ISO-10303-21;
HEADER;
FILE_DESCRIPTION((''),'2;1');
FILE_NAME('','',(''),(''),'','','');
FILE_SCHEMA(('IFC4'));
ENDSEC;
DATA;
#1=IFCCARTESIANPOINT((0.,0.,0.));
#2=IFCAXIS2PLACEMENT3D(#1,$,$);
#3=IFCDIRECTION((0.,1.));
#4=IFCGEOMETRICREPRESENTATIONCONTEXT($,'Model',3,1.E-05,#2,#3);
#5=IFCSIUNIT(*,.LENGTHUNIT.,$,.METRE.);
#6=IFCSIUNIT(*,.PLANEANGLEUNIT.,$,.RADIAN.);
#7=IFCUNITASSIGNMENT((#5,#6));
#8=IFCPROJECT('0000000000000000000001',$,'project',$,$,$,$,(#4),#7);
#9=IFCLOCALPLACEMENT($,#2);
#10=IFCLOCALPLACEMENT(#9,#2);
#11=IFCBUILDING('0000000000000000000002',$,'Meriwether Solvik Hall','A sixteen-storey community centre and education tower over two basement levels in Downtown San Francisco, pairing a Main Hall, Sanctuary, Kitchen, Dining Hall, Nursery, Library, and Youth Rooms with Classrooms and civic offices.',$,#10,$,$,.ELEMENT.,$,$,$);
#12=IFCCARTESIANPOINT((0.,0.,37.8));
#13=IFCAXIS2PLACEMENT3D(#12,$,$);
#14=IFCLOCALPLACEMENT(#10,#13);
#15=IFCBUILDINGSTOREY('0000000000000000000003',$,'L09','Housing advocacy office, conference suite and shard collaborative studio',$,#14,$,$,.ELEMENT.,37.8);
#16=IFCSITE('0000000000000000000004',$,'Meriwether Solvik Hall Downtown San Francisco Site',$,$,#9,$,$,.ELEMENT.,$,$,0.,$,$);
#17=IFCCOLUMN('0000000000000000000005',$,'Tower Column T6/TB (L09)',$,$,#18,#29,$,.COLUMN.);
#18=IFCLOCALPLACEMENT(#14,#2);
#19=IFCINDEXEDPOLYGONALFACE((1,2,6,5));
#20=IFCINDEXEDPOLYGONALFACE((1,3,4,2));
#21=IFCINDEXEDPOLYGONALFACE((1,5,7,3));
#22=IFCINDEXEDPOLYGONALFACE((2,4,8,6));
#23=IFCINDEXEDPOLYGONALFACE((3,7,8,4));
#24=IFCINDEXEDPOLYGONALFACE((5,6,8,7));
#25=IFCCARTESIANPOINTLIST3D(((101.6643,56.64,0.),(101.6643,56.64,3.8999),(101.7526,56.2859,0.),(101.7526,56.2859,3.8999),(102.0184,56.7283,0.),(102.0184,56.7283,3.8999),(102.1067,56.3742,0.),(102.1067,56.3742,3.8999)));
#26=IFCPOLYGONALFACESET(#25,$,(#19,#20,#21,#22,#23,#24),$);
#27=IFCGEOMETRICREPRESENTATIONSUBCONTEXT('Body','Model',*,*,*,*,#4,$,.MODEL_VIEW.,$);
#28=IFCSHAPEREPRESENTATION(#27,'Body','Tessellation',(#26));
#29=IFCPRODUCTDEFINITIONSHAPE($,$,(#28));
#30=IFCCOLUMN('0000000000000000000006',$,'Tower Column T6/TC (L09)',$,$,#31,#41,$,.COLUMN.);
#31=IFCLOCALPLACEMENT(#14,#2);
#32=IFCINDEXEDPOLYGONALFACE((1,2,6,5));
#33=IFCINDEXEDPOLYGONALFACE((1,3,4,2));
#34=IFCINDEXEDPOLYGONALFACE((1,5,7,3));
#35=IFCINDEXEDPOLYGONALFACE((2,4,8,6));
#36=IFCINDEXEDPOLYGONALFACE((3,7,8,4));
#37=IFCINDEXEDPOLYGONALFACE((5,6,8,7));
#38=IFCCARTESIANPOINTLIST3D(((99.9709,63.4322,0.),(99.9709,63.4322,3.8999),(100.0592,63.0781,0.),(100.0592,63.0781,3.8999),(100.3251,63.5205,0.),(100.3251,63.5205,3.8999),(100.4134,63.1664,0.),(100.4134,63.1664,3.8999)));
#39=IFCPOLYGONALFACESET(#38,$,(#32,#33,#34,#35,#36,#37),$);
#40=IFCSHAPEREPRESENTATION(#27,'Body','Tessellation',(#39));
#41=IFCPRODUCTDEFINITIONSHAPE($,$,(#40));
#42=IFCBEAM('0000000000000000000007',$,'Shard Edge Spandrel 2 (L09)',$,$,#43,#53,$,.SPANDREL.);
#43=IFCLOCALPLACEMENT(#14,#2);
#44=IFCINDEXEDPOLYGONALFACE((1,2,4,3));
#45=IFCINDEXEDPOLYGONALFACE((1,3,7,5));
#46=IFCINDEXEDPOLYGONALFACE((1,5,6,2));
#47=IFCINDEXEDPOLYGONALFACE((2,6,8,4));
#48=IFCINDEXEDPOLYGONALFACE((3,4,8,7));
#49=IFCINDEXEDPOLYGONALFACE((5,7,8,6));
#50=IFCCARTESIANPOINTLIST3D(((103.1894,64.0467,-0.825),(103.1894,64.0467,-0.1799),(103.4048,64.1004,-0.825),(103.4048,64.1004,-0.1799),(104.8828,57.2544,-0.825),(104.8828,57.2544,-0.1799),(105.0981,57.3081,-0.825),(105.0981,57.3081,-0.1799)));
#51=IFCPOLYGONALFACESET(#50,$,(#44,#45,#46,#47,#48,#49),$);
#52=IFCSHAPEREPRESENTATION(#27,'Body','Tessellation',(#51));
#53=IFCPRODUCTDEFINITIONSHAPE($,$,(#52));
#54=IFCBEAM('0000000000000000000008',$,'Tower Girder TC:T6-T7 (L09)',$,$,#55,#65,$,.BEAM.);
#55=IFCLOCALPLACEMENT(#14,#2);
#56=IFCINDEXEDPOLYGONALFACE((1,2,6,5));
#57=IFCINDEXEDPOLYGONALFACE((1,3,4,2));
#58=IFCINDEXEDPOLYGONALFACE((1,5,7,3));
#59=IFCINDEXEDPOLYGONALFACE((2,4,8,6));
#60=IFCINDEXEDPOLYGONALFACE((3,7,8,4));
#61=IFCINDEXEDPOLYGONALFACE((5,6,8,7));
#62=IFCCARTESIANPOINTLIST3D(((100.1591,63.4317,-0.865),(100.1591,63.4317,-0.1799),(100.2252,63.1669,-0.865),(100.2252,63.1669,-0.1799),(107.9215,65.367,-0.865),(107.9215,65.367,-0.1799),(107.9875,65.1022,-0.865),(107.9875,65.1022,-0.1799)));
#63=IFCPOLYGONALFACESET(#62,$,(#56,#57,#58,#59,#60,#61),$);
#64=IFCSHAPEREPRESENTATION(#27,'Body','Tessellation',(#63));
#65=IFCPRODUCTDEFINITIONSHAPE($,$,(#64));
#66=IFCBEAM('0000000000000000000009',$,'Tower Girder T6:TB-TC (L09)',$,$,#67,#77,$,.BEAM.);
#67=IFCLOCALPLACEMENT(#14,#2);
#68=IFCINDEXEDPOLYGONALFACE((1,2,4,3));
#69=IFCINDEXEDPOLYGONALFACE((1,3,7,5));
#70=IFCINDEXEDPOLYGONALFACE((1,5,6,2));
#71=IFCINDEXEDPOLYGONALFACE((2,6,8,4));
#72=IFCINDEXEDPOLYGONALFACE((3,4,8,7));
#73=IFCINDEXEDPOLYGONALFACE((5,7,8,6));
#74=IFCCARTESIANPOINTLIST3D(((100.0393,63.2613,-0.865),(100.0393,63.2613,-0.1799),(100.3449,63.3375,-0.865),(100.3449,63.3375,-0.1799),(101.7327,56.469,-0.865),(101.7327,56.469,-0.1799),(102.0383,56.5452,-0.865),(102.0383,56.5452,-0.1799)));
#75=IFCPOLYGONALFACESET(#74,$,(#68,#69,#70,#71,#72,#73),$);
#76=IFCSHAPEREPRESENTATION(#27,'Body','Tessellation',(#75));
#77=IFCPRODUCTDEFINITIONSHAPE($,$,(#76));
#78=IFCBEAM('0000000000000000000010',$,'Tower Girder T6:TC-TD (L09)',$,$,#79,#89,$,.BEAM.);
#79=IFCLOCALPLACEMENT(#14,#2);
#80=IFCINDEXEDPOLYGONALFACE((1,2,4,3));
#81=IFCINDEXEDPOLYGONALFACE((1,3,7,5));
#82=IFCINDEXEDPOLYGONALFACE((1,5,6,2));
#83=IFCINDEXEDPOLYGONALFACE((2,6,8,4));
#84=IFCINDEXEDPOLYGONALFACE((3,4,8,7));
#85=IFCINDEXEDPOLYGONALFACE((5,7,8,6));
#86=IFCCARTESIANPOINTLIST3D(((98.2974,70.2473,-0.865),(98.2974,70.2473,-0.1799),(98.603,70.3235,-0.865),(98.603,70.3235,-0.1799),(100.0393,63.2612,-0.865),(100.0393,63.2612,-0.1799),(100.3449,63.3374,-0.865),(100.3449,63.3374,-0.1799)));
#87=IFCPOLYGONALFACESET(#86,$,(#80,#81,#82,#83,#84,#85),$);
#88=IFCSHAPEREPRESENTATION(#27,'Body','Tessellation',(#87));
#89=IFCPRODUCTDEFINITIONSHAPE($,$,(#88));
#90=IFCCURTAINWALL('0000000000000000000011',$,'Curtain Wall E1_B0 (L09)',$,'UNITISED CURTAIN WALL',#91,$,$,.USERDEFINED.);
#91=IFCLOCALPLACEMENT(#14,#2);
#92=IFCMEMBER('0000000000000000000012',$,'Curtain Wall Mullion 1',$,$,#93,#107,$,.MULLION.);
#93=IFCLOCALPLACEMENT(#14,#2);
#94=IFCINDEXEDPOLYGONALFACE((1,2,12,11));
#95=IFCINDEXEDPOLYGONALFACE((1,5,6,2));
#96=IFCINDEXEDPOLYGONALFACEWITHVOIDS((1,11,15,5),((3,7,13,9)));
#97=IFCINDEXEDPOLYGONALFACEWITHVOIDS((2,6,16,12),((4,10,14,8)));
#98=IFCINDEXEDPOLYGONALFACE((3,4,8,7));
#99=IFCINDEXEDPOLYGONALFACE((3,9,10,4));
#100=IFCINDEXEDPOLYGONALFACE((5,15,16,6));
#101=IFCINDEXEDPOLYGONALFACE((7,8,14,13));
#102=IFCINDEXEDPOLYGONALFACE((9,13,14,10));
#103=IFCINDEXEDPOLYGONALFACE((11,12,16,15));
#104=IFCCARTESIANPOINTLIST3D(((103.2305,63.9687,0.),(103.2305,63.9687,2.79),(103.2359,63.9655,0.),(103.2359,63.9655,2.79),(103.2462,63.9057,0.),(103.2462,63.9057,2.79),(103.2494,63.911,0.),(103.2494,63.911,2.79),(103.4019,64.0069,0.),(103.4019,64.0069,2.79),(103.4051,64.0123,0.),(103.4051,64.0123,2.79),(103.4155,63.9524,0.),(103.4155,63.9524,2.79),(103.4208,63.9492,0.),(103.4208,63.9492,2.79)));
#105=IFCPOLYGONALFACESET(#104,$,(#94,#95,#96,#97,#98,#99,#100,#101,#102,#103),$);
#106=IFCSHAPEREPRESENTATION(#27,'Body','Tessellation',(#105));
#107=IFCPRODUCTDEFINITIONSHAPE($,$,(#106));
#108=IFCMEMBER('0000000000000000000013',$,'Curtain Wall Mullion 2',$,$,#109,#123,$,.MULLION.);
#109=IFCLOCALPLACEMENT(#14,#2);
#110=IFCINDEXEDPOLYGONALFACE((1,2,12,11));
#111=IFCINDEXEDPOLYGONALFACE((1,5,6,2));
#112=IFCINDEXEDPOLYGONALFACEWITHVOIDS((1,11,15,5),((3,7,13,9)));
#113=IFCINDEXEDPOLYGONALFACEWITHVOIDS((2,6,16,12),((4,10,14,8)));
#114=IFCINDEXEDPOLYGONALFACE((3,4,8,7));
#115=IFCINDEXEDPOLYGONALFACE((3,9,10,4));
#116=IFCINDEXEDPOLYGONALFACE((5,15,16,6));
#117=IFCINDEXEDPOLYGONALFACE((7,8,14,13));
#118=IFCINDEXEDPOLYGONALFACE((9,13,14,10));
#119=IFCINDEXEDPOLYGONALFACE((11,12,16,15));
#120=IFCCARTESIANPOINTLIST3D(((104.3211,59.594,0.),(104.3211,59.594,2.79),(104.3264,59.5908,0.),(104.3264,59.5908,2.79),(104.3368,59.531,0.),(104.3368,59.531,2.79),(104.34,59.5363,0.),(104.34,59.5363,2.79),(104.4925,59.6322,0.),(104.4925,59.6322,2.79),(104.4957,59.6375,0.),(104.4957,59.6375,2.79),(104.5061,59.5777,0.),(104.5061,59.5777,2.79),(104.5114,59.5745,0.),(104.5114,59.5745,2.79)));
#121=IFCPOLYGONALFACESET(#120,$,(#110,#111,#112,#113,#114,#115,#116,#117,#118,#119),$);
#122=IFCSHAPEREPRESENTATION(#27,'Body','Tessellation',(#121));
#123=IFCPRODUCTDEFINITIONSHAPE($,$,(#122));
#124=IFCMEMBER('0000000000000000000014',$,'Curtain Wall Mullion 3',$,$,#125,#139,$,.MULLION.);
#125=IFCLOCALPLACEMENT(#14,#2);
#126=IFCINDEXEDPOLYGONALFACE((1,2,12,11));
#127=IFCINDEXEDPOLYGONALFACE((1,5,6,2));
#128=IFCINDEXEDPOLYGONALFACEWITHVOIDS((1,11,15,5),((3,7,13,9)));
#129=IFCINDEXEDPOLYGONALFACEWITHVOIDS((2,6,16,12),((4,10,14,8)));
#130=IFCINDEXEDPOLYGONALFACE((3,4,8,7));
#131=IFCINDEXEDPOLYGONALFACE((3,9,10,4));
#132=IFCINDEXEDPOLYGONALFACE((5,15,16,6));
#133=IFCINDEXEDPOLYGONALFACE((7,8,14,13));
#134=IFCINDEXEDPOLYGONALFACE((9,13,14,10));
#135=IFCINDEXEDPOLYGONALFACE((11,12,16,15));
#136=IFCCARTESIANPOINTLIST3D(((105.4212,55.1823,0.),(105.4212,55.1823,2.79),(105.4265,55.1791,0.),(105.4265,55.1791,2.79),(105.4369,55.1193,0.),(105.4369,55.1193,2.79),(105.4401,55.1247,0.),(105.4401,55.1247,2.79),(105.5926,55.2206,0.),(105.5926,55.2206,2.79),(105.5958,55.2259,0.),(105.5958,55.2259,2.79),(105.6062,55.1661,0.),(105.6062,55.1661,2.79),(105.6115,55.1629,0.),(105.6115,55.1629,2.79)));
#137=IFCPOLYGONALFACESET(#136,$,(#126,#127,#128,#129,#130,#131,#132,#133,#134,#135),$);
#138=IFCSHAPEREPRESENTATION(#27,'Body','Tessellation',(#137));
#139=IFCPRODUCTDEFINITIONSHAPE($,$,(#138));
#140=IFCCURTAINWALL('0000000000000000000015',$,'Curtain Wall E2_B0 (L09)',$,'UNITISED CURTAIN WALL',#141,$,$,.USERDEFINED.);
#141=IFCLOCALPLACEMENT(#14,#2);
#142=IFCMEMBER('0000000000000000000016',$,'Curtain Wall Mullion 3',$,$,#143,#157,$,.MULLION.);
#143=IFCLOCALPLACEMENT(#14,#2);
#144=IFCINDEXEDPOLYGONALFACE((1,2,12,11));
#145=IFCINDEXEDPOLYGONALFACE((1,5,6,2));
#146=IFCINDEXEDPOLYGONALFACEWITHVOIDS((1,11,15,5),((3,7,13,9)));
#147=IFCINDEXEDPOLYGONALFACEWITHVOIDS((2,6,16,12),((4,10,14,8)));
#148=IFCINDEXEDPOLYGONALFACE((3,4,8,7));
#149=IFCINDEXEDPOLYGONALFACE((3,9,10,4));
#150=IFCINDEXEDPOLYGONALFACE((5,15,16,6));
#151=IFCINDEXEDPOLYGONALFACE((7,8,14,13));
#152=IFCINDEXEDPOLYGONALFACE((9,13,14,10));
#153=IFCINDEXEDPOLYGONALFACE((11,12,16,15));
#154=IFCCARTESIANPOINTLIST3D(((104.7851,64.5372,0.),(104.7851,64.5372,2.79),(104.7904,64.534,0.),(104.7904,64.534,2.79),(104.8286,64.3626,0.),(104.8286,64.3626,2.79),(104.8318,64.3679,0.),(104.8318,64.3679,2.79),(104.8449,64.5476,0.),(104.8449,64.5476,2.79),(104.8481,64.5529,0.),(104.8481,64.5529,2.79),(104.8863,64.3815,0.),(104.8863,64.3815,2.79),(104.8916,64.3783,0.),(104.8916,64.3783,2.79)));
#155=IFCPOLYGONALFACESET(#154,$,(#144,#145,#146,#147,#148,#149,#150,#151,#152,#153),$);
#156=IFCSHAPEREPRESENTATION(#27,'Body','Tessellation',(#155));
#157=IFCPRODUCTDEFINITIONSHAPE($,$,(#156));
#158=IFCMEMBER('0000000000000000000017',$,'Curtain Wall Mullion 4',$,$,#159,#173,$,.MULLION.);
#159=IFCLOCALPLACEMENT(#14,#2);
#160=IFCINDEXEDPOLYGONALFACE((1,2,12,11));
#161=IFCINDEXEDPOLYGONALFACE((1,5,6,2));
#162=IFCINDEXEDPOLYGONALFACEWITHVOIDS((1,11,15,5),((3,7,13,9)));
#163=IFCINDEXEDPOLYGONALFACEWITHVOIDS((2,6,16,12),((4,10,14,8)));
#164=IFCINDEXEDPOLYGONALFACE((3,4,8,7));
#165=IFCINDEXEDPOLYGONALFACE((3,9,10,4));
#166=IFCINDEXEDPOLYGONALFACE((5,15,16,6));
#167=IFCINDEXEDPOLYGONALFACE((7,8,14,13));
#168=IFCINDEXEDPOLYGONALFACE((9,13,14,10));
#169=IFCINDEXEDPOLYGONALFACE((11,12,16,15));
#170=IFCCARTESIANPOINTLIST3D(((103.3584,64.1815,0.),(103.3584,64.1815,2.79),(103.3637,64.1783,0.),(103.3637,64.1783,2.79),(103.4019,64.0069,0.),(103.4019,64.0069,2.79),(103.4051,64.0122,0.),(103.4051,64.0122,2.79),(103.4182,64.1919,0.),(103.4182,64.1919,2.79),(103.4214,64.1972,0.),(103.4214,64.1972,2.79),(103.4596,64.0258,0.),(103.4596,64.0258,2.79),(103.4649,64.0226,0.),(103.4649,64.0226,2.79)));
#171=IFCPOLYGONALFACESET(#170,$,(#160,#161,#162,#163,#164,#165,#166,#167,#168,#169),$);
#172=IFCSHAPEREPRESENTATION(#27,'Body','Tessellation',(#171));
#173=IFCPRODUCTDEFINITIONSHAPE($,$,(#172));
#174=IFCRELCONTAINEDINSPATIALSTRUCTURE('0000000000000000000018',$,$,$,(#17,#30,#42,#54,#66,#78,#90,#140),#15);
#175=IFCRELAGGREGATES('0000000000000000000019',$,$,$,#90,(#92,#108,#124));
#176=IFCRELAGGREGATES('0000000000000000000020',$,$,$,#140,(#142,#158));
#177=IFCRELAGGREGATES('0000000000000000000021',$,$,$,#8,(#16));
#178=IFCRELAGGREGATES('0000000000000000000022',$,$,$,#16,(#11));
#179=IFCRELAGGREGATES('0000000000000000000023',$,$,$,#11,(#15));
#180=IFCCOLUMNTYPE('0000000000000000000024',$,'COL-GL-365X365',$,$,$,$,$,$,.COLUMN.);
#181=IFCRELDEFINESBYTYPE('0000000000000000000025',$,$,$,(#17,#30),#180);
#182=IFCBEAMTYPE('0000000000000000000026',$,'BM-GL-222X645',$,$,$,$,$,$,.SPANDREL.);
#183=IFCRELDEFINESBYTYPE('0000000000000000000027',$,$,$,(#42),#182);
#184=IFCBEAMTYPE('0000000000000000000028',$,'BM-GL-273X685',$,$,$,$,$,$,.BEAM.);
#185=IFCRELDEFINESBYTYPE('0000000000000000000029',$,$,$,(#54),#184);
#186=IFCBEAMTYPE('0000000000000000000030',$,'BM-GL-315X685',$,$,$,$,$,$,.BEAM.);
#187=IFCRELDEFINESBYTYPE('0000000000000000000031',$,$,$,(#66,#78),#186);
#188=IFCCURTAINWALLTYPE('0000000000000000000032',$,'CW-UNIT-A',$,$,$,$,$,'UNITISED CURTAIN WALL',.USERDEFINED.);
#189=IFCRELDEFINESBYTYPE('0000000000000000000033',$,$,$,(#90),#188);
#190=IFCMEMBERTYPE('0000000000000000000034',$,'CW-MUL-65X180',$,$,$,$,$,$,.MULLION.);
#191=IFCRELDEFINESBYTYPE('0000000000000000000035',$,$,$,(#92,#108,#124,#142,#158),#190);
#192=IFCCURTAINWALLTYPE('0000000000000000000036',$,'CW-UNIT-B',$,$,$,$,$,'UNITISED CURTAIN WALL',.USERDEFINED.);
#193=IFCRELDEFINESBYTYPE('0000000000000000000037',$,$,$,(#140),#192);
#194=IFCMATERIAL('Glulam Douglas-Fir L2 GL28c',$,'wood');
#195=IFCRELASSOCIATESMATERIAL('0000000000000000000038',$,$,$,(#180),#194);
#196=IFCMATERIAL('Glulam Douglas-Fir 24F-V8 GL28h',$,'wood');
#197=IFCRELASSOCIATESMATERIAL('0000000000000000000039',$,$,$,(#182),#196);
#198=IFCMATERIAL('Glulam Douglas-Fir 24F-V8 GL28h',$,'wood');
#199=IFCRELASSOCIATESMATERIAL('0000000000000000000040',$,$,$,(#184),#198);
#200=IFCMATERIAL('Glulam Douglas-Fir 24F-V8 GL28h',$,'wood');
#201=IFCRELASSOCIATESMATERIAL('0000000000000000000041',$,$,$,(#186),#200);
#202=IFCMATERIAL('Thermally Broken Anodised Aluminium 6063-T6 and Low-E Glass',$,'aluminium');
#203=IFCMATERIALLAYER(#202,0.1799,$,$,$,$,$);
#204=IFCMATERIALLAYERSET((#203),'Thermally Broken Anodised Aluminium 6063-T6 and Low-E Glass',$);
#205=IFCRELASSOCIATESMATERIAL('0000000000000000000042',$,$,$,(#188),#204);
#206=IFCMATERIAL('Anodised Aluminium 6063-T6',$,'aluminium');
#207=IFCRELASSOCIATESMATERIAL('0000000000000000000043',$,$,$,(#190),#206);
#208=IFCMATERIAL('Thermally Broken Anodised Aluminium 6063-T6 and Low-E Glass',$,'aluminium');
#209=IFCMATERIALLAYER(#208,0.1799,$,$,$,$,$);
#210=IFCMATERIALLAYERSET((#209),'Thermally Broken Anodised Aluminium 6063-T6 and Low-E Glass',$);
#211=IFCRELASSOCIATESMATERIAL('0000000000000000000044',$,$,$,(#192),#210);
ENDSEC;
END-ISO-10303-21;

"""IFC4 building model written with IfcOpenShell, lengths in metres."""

from ifc_helpers import new_model, si_unit, direction, frame, origin, origin_2d, place, context, subcontext, project, spatial, rectangle, hollow_rectangle, extrude, material, layer, layer_set, material_profile, profile_set, type_object, element, aggregate, save


model = new_model("IFC4")

# Units and contexts
model_context = context("Model", 3, precision=1e-05, world=origin(), true_north=direction((0.0, 1.0)))
body_context = subcontext(model_context, "Body", "Model", "MODEL_VIEW")
ifc_project = project(units=[si_unit("LENGTHUNIT", "METRE"), si_unit("PLANEANGLEUNIT", "RADIAN")], contexts=[model_context])

# Site, building, storey
site_placement = place(None, origin())
site = spatial("IfcSite", under=ifc_project, at=site_placement, Name="Meriwether Solvik Hall Downtown San Francisco Site", CompositionType="ELEMENT", RefElevation=0.0)
building_placement = place(site_placement, origin())
building = spatial("IfcBuilding", under=site, at=building_placement, Name="Meriwether Solvik Hall", Description="A sixteen-storey community centre and education tower over two basement levels in Downtown San Francisco, pairing a Main Hall, Sanctuary, Kitchen, Dining Hall, Nursery, Library, and Youth Rooms with Classrooms and civic offices.", CompositionType="ELEMENT")
storey_placement = place(building_placement, frame((0.0, 0.0, 37.8)))
storey = spatial("IfcBuildingStorey", under=building, at=storey_placement, Name="L09", Description="Housing advocacy office, conference suite and shard collaborative studio", CompositionType="ELEMENT", Elevation=37.8)

# Columns
ifc_material_1 = material(Name="Glulam Douglas-Fir L2 GL28c", Category="wood")
ifc_material_profile_1 = material_profile(ifc_material_1, rectangle(XDim=0.365, YDim=0.365, at=origin_2d()), Name="GLC-365X365")
ifc_profile_set_1 = profile_set([ifc_material_profile_1], Name="Glulam Douglas-Fir L2 GL28c")
column_type = type_object("IfcColumnType", Name="COL-GL-365X365", PredefinedType="COLUMN", material=ifc_profile_set_1)
for number, where, z_axis, x_axis, name in (
    (1, (101.8855, 56.5071, 0.0), (0.0, 0.0, 1.0), (0.970296, 0.241922, 0.0), "Tower Column T6/TB (L09)"),
    (2, (100.1921, 63.2993, 0.0), (0.0, 0.0, 1.0), (0.970296, 0.241922, 0.0), "Tower Column T6/TC (L09)"),
):
    element("IfcColumn", number, at=place(storey_placement, frame(where, z_axis=z_axis, x_axis=x_axis)), inside=storey, type_object=column_type, Name=name, PredefinedType="COLUMN", context=body_context, shape_type="SweptSolid", body=[
        extrude(rectangle(XDim=0.365, YDim=0.365, at=origin_2d()), origin(), (0.0, 0.0, 1.0), 3.8999),
    ])

# Beams
ifc_material_2 = material(Name="Glulam Douglas-Fir 24F-V8 GL28h", Category="wood")
ifc_material_profile_2 = material_profile(ifc_material_2, rectangle(XDim=0.2219, YDim=0.645, at=origin_2d()), Name="GLB-222X645")
ifc_profile_set_2 = profile_set([ifc_material_profile_2], Name="Glulam Douglas-Fir 24F-V8 GL28h")
beam_type_1 = type_object("IfcBeamType", Name="BM-GL-222X645", PredefinedType="SPANDREL", material=ifc_profile_set_2)
beam_1_placement = place(storey_placement, frame((104.9905, 57.2812, -0.5024), z_axis=(-0.241904, 0.9703, 0.0), x_axis=(-0.9703, -0.241904, 0.0)))
element("IfcBeam", 3, at=beam_1_placement, inside=storey, type_object=beam_type_1, Name="Shard Edge Spandrel 2 (L09)", PredefinedType="SPANDREL", context=body_context, shape_type="SweptSolid", body=[
    extrude(rectangle(XDim=0.2219, YDim=0.645, at=origin_2d()), origin(), (0.0, 0.0, 1.0), 7.0002),
])
ifc_material_3 = material(Name="Glulam Douglas-Fir 24F-V8 GL28h", Category="wood")
ifc_material_profile_3 = material_profile(ifc_material_3, rectangle(XDim=0.2729, YDim=0.6851, at=origin_2d()), Name="GLB-273X685")
ifc_profile_set_3 = profile_set([ifc_material_profile_3], Name="Glulam Douglas-Fir 24F-V8 GL28h")
beam_type_2 = type_object("IfcBeamType", Name="BM-GL-273X685", PredefinedType="BEAM", material=ifc_profile_set_3)
beam_2_placement = place(storey_placement, frame((100.1921, 63.2993, -0.5225), z_axis=(0.970298, 0.241911, 0.0), x_axis=(-0.241911, 0.970298, 0.0)))
element("IfcBeam", 4, at=beam_2_placement, inside=storey, type_object=beam_type_2, Name="Tower Girder TC:T6-T7 (L09)", PredefinedType="BEAM", context=body_context, shape_type="SweptSolid", body=[
    extrude(rectangle(XDim=0.2729, YDim=0.6851, at=origin_2d()), origin(), (0.0, 0.0, 1.0), 8.0),
])
ifc_material_4 = material(Name="Glulam Douglas-Fir 24F-V8 GL28h", Category="wood")
ifc_material_profile_4 = material_profile(ifc_material_4, rectangle(XDim=0.3149, YDim=0.6851, at=origin_2d()), Name="GLB-315X685")
ifc_profile_set_4 = profile_set([ifc_material_profile_4], Name="Glulam Douglas-Fir 24F-V8 GL28h")
beam_type_3 = type_object("IfcBeamType", Name="BM-GL-315X685", PredefinedType="BEAM", material=ifc_profile_set_4)
beam_3_placement = place(storey_placement, frame((101.8855, 56.5071, -0.5225), z_axis=(-0.241904, 0.9703, 0.0), x_axis=(-0.9703, -0.241904, 0.0)))
element("IfcBeam", 5, at=beam_3_placement, inside=storey, type_object=beam_type_3, Name="Tower Girder T6:TB-TC (L09)", PredefinedType="BEAM", context=body_context, shape_type="SweptSolid", body=[
    extrude(rectangle(XDim=0.3149, YDim=0.6851, at=origin_2d()), origin(), (0.0, 0.0, 1.0), 7.0002),
])
beam_4_placement = place(storey_placement, frame((100.1921, 63.2993, -0.5225), z_axis=(-0.241937, 0.970292, 0.0), x_axis=(-0.970292, -0.241937, 0.0)))
element("IfcBeam", 6, at=beam_4_placement, inside=storey, type_object=beam_type_3, Name="Tower Girder T6:TC-TD (L09)", PredefinedType="BEAM", context=body_context, shape_type="SweptSolid", body=[
    extrude(rectangle(XDim=0.3149, YDim=0.6851, at=origin_2d()), origin(), (0.0, 0.0, 1.0), 7.2),
])

# Curtain walls, members
ifc_material_5 = material(Name="Thermally Broken Anodised Aluminium 6063-T6 and Low-E Glass", Category="aluminium")
ifc_layer_1 = layer(ifc_material_5, 0.1799)
ifc_layer_set_1 = layer_set([ifc_layer_1], Name="Thermally Broken Anodised Aluminium 6063-T6 and Low-E Glass")
curtain_wall_type_1 = type_object("IfcCurtainWallType", Name="CW-UNIT-A", ElementType="UNITISED CURTAIN WALL", PredefinedType="USERDEFINED", material=ifc_layer_set_1)
curtain_wall_1_placement = place(storey_placement, origin())
curtain_wall_1 = element("IfcCurtainWall", 7, at=curtain_wall_1_placement, inside=storey, type_object=curtain_wall_type_1, Name="Curtain Wall E1_B0 (L09)", ObjectType="UNITISED CURTAIN WALL", PredefinedType="USERDEFINED")
ifc_material_6 = material(Name="Anodised Aluminium 6063-T6", Category="aluminium")
ifc_material_profile_5 = material_profile(ifc_material_6, hollow_rectangle(XDim=0.0649, YDim=0.1799, WallThickness=0.0044, at=origin_2d()), Name="CWM-65X180")
ifc_profile_set_5 = profile_set([ifc_material_profile_5], Name="Anodised Aluminium 6063-T6")
member_type_1 = type_object("IfcMemberType", Name="CW-MUL-65X180", PredefinedType="MULLION", material=ifc_profile_set_5)
member_1_placement = place(storey_placement, frame((103.3257, 63.959, 0.0), z_axis=(0.0, 0.0, 1.0), x_axis=(0.241922, -0.970296, 0.0)))
member_1 = element("IfcMember", 8, at=member_1_placement, type_object=member_type_1, Name="Curtain Wall Mullion 1", PredefinedType="MULLION", context=body_context, shape_type="SweptSolid", body=[
    extrude(hollow_rectangle(XDim=0.0649, YDim=0.1799, WallThickness=0.0044, at=origin_2d()), origin(), (0.0, 0.0, 1.0), 2.79),
])
member_2_placement = place(storey_placement, frame((104.4163, 59.5842, 0.0), z_axis=(0.0, 0.0, 1.0), x_axis=(0.241922, -0.970296, 0.0)))
member_2 = element("IfcMember", 9, at=member_2_placement, type_object=member_type_1, Name="Curtain Wall Mullion 2", PredefinedType="MULLION", context=body_context, shape_type="SweptSolid", body=[
    extrude(hollow_rectangle(XDim=0.0649, YDim=0.1799, WallThickness=0.0044, at=origin_2d()), origin(), (0.0, 0.0, 1.0), 2.79),
])
member_3_placement = place(storey_placement, frame((105.5164, 55.1726, 0.0), z_axis=(0.0, 0.0, 1.0), x_axis=(0.241922, -0.970296, 0.0)))
member_3 = element("IfcMember", 10, at=member_3_placement, type_object=member_type_1, Name="Curtain Wall Mullion 3", PredefinedType="MULLION", context=body_context, shape_type="SweptSolid", body=[
    extrude(hollow_rectangle(XDim=0.0649, YDim=0.1799, WallThickness=0.0044, at=origin_2d()), origin(), (0.0, 0.0, 1.0), 2.79),
])
ifc_material_7 = material(Name="Thermally Broken Anodised Aluminium 6063-T6 and Low-E Glass", Category="aluminium")
ifc_layer_2 = layer(ifc_material_7, 0.1799)
ifc_layer_set_2 = layer_set([ifc_layer_2], Name="Thermally Broken Anodised Aluminium 6063-T6 and Low-E Glass")
curtain_wall_type_2 = type_object("IfcCurtainWallType", Name="CW-UNIT-B", ElementType="UNITISED CURTAIN WALL", PredefinedType="USERDEFINED", material=ifc_layer_set_2)
curtain_wall_2_placement = place(storey_placement, origin())
curtain_wall_2 = element("IfcCurtainWall", 11, at=curtain_wall_2_placement, inside=storey, type_object=curtain_wall_type_2, Name="Curtain Wall E2_B0 (L09)", ObjectType="UNITISED CURTAIN WALL", PredefinedType="USERDEFINED")
member_4_placement = place(storey_placement, frame((104.8384, 64.4578, 0.0), z_axis=(0.0, 0.0, 1.0), x_axis=(-0.970296, -0.241922, 0.0)))
member_4 = element("IfcMember", 12, at=member_4_placement, type_object=member_type_1, Name="Curtain Wall Mullion 3", PredefinedType="MULLION", context=body_context, shape_type="SweptSolid", body=[
    extrude(hollow_rectangle(XDim=0.0649, YDim=0.1799, WallThickness=0.0044, at=origin_2d()), origin(), (0.0, 0.0, 1.0), 2.79),
])
member_5_placement = place(storey_placement, frame((103.4116, 64.1021, 0.0), z_axis=(0.0, 0.0, 1.0), x_axis=(-0.970296, -0.241922, 0.0)))
member_5 = element("IfcMember", 13, at=member_5_placement, type_object=member_type_1, Name="Curtain Wall Mullion 4", PredefinedType="MULLION", context=body_context, shape_type="SweptSolid", body=[
    extrude(hollow_rectangle(XDim=0.0649, YDim=0.1799, WallThickness=0.0044, at=origin_2d()), origin(), (0.0, 0.0, 1.0), 2.79),
])

aggregate(curtain_wall_1, [member_1, member_2, member_3])
aggregate(curtain_wall_2, [member_4, member_5])

save(model, "model.ifc")
